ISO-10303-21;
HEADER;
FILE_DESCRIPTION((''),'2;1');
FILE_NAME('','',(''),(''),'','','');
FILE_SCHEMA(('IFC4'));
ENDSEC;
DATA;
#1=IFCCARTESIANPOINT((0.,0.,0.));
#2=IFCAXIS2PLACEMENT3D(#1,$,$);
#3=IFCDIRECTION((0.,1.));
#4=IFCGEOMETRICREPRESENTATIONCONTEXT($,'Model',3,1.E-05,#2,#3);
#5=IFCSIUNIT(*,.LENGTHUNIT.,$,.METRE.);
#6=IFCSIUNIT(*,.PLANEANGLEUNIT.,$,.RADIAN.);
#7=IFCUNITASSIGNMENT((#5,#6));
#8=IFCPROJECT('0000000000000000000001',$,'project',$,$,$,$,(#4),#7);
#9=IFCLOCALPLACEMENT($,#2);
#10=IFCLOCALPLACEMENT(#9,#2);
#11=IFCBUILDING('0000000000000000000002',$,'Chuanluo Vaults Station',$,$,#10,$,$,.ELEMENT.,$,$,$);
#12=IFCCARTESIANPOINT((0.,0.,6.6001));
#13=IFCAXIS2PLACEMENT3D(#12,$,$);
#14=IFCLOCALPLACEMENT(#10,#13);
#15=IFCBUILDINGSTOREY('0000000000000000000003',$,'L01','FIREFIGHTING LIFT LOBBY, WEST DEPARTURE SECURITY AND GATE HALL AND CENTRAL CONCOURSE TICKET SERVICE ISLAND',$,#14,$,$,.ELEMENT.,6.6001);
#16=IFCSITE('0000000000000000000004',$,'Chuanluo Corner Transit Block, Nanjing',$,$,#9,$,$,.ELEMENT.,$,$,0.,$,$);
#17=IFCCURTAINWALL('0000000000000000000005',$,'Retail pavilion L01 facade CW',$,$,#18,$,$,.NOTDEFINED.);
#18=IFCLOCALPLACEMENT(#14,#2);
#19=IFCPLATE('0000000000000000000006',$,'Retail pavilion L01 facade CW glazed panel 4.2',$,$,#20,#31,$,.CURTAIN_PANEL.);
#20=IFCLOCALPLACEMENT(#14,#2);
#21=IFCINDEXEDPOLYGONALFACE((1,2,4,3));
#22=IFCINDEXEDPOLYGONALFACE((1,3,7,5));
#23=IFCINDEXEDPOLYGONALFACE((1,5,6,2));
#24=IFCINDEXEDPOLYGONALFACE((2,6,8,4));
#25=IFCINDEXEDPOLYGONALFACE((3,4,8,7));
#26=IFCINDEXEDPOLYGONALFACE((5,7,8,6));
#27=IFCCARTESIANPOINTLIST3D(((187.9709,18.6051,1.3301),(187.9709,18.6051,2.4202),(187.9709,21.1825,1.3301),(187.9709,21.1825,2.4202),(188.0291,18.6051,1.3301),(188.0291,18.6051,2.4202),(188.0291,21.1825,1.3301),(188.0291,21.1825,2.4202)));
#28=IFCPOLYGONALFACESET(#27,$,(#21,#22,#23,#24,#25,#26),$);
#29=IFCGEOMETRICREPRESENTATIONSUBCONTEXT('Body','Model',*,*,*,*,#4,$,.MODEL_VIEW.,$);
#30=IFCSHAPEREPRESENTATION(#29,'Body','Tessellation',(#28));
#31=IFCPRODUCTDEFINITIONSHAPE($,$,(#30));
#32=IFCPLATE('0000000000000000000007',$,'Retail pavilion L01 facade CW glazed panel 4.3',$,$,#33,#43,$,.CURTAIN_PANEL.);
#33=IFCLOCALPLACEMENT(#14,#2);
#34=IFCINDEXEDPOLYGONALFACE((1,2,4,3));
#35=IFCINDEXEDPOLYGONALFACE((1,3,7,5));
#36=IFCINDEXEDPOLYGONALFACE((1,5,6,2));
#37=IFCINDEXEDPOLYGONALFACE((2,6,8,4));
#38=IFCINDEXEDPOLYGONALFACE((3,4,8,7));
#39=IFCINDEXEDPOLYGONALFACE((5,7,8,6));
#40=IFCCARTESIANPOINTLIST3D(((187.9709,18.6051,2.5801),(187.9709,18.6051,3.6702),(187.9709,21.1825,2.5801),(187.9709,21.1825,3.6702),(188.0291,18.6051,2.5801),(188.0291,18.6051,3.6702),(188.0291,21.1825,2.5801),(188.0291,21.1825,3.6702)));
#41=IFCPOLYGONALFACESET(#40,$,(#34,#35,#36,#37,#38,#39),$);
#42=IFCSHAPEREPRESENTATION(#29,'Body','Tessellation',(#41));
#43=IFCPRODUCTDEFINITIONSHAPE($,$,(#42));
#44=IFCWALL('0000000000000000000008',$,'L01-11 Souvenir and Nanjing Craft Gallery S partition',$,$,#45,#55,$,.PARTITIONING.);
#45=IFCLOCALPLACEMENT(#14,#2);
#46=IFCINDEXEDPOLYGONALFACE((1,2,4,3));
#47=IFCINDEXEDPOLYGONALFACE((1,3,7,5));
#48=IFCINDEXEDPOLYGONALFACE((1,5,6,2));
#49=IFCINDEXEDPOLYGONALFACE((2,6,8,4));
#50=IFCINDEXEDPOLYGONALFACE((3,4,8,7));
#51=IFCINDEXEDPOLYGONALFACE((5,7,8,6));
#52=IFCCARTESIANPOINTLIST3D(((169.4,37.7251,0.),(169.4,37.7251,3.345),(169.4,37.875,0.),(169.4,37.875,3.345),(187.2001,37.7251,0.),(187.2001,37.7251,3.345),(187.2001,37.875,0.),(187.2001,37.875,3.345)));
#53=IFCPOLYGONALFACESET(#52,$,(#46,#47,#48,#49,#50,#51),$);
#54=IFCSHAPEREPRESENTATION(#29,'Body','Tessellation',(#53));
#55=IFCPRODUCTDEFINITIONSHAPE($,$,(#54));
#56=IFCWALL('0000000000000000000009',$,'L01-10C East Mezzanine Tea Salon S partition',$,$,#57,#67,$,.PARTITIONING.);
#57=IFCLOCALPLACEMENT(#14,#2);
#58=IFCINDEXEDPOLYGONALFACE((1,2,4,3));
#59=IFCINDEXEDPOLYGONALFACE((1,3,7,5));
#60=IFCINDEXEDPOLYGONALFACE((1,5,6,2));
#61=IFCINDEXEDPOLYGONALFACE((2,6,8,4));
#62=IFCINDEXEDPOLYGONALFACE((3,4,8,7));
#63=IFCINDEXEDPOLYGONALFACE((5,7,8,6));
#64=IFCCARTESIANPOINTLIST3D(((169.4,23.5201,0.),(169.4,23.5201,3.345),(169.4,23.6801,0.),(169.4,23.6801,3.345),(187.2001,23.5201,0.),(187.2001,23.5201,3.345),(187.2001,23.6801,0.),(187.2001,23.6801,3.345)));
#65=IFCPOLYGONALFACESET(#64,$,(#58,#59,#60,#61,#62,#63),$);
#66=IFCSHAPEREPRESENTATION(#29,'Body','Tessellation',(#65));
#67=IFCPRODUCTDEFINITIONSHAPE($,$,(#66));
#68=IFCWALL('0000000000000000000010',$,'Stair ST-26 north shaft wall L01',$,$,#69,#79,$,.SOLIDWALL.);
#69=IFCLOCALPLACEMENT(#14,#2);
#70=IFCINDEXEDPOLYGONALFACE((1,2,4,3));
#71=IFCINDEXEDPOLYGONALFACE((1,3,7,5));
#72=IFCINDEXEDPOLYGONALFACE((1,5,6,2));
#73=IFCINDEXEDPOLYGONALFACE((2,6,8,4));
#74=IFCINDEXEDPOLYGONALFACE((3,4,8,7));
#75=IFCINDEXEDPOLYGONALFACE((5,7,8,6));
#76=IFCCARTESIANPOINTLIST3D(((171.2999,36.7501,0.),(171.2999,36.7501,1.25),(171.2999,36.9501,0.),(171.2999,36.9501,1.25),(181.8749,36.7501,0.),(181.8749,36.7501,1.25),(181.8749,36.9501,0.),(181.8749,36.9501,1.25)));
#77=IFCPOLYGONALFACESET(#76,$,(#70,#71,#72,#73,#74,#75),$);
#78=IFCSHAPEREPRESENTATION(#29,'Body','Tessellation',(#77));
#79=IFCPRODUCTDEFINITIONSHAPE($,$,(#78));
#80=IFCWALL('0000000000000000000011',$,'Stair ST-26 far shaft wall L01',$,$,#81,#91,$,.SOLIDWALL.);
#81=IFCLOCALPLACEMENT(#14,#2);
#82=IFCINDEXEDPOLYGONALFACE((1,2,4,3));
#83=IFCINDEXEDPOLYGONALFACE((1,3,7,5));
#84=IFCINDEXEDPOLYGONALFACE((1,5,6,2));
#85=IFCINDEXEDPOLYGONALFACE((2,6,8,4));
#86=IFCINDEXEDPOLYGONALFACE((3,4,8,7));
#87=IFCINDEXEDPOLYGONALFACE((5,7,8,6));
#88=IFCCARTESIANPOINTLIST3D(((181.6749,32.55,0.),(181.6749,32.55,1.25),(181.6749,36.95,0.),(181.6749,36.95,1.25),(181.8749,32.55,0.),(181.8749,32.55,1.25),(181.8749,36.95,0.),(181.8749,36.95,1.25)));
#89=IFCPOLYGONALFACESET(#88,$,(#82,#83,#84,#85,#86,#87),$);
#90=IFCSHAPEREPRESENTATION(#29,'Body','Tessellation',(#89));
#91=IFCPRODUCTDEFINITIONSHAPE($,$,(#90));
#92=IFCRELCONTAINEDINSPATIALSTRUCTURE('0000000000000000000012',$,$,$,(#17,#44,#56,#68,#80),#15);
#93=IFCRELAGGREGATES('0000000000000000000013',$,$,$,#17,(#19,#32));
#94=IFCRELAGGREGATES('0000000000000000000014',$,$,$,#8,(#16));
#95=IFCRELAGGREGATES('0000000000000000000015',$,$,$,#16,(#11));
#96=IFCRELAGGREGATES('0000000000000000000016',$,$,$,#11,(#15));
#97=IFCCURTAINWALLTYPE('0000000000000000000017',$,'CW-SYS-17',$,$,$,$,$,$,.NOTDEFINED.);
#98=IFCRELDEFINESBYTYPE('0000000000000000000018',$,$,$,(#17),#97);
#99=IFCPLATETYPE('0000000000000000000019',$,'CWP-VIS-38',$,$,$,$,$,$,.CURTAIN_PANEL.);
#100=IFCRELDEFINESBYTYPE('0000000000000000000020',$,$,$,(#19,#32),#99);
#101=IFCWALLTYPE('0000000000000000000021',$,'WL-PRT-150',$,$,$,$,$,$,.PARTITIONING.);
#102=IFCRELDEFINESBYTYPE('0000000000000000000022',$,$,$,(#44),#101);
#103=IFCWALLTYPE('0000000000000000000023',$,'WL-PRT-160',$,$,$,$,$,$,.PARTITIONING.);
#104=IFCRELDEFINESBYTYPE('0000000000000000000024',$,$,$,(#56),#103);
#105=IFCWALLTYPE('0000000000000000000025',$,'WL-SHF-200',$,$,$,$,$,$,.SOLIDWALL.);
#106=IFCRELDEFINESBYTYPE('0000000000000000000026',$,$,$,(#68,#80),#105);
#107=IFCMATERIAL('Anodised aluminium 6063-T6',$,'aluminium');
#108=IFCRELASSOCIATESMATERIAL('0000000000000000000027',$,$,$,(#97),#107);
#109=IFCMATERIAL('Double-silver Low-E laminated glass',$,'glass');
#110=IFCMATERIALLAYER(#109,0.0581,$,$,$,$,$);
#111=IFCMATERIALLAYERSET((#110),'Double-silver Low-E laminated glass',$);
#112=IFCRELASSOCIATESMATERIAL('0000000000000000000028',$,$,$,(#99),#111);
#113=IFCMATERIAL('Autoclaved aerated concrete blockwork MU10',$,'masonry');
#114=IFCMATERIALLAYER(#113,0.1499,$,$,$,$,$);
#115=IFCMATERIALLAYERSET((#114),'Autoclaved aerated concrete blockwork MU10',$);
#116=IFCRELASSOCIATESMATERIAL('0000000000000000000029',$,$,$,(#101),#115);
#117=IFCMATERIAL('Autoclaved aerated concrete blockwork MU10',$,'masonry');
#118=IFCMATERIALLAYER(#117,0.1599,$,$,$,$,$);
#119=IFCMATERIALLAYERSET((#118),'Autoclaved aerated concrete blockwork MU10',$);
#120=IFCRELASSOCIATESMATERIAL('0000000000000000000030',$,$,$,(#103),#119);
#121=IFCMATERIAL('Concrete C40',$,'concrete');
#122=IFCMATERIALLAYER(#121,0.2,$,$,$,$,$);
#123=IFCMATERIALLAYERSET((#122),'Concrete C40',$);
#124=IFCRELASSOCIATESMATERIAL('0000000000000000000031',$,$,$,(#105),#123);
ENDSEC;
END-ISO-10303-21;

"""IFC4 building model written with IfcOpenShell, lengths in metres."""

from ifc_helpers import new_model, si_unit, direction, frame, frame_2d, origin, origin_2d, place, context, subcontext, project, spatial, rectangle, extrude, material, layer, layer_set, type_object, element, aggregate, save


model = new_model("IFC4")

# Units and contexts
model_context = context("Model", 3, precision=1e-05, world=origin(), true_north=direction((0.0, 1.0)))
body_context = subcontext(model_context, "Body", "Model", "MODEL_VIEW")
ifc_project = project(units=[si_unit("LENGTHUNIT", "METRE"), si_unit("PLANEANGLEUNIT", "RADIAN")], contexts=[model_context])

# Site, building, storey
site_placement = place(None, origin())
site = spatial("IfcSite", under=ifc_project, at=site_placement, Name="Chuanluo Corner Transit Block, Nanjing", CompositionType="ELEMENT", RefElevation=0.0)
building_placement = place(site_placement, origin())
building = spatial("IfcBuilding", under=site, at=building_placement, Name="Chuanluo Vaults Station", CompositionType="ELEMENT")
storey_placement = place(building_placement, frame((0.0, 0.0, 6.6001)))
storey = spatial("IfcBuildingStorey", under=building, at=storey_placement, Name="L01", Description="FIREFIGHTING LIFT LOBBY, WEST DEPARTURE SECURITY AND GATE HALL AND CENTRAL CONCOURSE TICKET SERVICE ISLAND", CompositionType="ELEMENT", Elevation=6.6001)

# Curtain wall, plates
ifc_material_1 = material(Name="Anodised aluminium 6063-T6", Category="aluminium")
curtain_wall_type = type_object("IfcCurtainWallType", Name="CW-SYS-17", PredefinedType="NOTDEFINED", material=ifc_material_1)
curtain_wall_placement = place(storey_placement, origin())
curtain_wall = element("IfcCurtainWall", 1, at=curtain_wall_placement, inside=storey, type_object=curtain_wall_type, Name="Retail pavilion L01 facade CW", PredefinedType="NOTDEFINED")
ifc_material_2 = material(Name="Double-silver Low-E laminated glass", Category="glass")
ifc_layer_1 = layer(ifc_material_2, 0.0581)
ifc_layer_set_1 = layer_set([ifc_layer_1], Name="Double-silver Low-E laminated glass")
plate_type_1 = type_object("IfcPlateType", Name="CWP-VIS-38", PredefinedType="CURTAIN_PANEL", material=ifc_layer_set_1)
plate_1_placement = place(storey_placement, frame((188.0, 19.8938, 1.3301), z_axis=(0.0, 0.0, 1.0), x_axis=(0.0, -1.0, 0.0)))
plate_1 = element("IfcPlate", 2, at=plate_1_placement, type_object=plate_type_1, Name="Retail pavilion L01 facade CW glazed panel 4.2", PredefinedType="CURTAIN_PANEL", context=body_context, shape_type="SweptSolid", body=[
    extrude(rectangle(XDim=2.5774, YDim=0.0581, at=origin_2d()), origin(), (0.0, 0.0, 1.0), 1.0901),
])
plate_2_placement = place(storey_placement, frame((188.0, 19.8938, 2.5801), z_axis=(0.0, 0.0, 1.0), x_axis=(0.0, -1.0, 0.0)))
plate_2 = element("IfcPlate", 3, at=plate_2_placement, type_object=plate_type_1, Name="Retail pavilion L01 facade CW glazed panel 4.3", PredefinedType="CURTAIN_PANEL", context=body_context, shape_type="SweptSolid", body=[
    extrude(rectangle(XDim=2.5774, YDim=0.0581, at=origin_2d()), origin(), (0.0, 0.0, 1.0), 1.0901),
])
aggregate(curtain_wall, [plate_1, plate_2])

# Walls
ifc_material_3 = material(Name="Autoclaved aerated concrete blockwork MU10", Category="masonry")
ifc_layer_2 = layer(ifc_material_3, 0.1499)
ifc_layer_set_2 = layer_set([ifc_layer_2], Name="Autoclaved aerated concrete blockwork MU10")
wall_type_1 = type_object("IfcWallType", Name="WL-PRT-150", PredefinedType="PARTITIONING", material=ifc_layer_set_2)
wall_1_placement = place(storey_placement, frame((187.2, 37.8, 0.0), z_axis=(0.0, 0.0, 1.0), x_axis=(-1.0, 0.0, 0.0)))
element("IfcWall", 4, at=wall_1_placement, inside=storey, type_object=wall_type_1, Name="L01-11 Souvenir and Nanjing Craft Gallery S partition", PredefinedType="PARTITIONING", context=body_context, shape_type="SweptSolid", body=[
    extrude(rectangle(XDim=17.8, YDim=0.1499, at=frame_2d((8.8999, 0.0))), origin(), (0.0, 0.0, 1.0), 3.345),
])
ifc_material_4 = material(Name="Autoclaved aerated concrete blockwork MU10", Category="masonry")
ifc_layer_3 = layer(ifc_material_4, 0.1599)
ifc_layer_set_3 = layer_set([ifc_layer_3], Name="Autoclaved aerated concrete blockwork MU10")
wall_type_2 = type_object("IfcWallType", Name="WL-PRT-160", PredefinedType="PARTITIONING", material=ifc_layer_set_3)
wall_2_placement = place(storey_placement, frame((187.2, 23.6001, 0.0), z_axis=(0.0, 0.0, 1.0), x_axis=(-1.0, 0.0, 0.0)))
element("IfcWall", 5, at=wall_2_placement, inside=storey, type_object=wall_type_2, Name="L01-10C East Mezzanine Tea Salon S partition", PredefinedType="PARTITIONING", context=body_context, shape_type="SweptSolid", body=[
    extrude(rectangle(XDim=17.8, YDim=0.1599, at=frame_2d((8.8999, 0.0))), origin(), (0.0, 0.0, 1.0), 3.345),
])
ifc_material_5 = material(Name="Concrete C40", Category="concrete")
ifc_layer_4 = layer(ifc_material_5, 0.2)
ifc_layer_set_4 = layer_set([ifc_layer_4], Name="Concrete C40")
wall_type_3 = type_object("IfcWallType", Name="WL-SHF-200", PredefinedType="SOLIDWALL", material=ifc_layer_set_4)
wall_3_placement = place(storey_placement, frame((181.875, 36.8501, 0.0), z_axis=(0.0, 0.0, 1.0), x_axis=(-1.0, 0.0, 0.0)))
element("IfcWall", 6, at=wall_3_placement, inside=storey, type_object=wall_type_3, Name="Stair ST-26 north shaft wall L01", PredefinedType="SOLIDWALL", context=body_context, shape_type="SweptSolid", body=[
    extrude(rectangle(XDim=10.575, YDim=0.2, at=frame_2d((5.2876, 0.0))), origin(), (0.0, 0.0, 1.0), 1.25),
])
wall_4_placement = place(storey_placement, frame((181.7749, 32.55, 0.0), z_axis=(0.0, 0.0, 1.0), x_axis=(0.0, 1.0, 0.0)))
element("IfcWall", 7, at=wall_4_placement, inside=storey, type_object=wall_type_3, Name="Stair ST-26 far shaft wall L01", PredefinedType="SOLIDWALL", context=body_context, shape_type="SweptSolid", body=[
    extrude(rectangle(XDim=4.3999, YDim=0.2, at=frame_2d((2.2, 0.0))), origin(), (0.0, 0.0, 1.0), 1.25),
])

save(model, "model.ifc")
